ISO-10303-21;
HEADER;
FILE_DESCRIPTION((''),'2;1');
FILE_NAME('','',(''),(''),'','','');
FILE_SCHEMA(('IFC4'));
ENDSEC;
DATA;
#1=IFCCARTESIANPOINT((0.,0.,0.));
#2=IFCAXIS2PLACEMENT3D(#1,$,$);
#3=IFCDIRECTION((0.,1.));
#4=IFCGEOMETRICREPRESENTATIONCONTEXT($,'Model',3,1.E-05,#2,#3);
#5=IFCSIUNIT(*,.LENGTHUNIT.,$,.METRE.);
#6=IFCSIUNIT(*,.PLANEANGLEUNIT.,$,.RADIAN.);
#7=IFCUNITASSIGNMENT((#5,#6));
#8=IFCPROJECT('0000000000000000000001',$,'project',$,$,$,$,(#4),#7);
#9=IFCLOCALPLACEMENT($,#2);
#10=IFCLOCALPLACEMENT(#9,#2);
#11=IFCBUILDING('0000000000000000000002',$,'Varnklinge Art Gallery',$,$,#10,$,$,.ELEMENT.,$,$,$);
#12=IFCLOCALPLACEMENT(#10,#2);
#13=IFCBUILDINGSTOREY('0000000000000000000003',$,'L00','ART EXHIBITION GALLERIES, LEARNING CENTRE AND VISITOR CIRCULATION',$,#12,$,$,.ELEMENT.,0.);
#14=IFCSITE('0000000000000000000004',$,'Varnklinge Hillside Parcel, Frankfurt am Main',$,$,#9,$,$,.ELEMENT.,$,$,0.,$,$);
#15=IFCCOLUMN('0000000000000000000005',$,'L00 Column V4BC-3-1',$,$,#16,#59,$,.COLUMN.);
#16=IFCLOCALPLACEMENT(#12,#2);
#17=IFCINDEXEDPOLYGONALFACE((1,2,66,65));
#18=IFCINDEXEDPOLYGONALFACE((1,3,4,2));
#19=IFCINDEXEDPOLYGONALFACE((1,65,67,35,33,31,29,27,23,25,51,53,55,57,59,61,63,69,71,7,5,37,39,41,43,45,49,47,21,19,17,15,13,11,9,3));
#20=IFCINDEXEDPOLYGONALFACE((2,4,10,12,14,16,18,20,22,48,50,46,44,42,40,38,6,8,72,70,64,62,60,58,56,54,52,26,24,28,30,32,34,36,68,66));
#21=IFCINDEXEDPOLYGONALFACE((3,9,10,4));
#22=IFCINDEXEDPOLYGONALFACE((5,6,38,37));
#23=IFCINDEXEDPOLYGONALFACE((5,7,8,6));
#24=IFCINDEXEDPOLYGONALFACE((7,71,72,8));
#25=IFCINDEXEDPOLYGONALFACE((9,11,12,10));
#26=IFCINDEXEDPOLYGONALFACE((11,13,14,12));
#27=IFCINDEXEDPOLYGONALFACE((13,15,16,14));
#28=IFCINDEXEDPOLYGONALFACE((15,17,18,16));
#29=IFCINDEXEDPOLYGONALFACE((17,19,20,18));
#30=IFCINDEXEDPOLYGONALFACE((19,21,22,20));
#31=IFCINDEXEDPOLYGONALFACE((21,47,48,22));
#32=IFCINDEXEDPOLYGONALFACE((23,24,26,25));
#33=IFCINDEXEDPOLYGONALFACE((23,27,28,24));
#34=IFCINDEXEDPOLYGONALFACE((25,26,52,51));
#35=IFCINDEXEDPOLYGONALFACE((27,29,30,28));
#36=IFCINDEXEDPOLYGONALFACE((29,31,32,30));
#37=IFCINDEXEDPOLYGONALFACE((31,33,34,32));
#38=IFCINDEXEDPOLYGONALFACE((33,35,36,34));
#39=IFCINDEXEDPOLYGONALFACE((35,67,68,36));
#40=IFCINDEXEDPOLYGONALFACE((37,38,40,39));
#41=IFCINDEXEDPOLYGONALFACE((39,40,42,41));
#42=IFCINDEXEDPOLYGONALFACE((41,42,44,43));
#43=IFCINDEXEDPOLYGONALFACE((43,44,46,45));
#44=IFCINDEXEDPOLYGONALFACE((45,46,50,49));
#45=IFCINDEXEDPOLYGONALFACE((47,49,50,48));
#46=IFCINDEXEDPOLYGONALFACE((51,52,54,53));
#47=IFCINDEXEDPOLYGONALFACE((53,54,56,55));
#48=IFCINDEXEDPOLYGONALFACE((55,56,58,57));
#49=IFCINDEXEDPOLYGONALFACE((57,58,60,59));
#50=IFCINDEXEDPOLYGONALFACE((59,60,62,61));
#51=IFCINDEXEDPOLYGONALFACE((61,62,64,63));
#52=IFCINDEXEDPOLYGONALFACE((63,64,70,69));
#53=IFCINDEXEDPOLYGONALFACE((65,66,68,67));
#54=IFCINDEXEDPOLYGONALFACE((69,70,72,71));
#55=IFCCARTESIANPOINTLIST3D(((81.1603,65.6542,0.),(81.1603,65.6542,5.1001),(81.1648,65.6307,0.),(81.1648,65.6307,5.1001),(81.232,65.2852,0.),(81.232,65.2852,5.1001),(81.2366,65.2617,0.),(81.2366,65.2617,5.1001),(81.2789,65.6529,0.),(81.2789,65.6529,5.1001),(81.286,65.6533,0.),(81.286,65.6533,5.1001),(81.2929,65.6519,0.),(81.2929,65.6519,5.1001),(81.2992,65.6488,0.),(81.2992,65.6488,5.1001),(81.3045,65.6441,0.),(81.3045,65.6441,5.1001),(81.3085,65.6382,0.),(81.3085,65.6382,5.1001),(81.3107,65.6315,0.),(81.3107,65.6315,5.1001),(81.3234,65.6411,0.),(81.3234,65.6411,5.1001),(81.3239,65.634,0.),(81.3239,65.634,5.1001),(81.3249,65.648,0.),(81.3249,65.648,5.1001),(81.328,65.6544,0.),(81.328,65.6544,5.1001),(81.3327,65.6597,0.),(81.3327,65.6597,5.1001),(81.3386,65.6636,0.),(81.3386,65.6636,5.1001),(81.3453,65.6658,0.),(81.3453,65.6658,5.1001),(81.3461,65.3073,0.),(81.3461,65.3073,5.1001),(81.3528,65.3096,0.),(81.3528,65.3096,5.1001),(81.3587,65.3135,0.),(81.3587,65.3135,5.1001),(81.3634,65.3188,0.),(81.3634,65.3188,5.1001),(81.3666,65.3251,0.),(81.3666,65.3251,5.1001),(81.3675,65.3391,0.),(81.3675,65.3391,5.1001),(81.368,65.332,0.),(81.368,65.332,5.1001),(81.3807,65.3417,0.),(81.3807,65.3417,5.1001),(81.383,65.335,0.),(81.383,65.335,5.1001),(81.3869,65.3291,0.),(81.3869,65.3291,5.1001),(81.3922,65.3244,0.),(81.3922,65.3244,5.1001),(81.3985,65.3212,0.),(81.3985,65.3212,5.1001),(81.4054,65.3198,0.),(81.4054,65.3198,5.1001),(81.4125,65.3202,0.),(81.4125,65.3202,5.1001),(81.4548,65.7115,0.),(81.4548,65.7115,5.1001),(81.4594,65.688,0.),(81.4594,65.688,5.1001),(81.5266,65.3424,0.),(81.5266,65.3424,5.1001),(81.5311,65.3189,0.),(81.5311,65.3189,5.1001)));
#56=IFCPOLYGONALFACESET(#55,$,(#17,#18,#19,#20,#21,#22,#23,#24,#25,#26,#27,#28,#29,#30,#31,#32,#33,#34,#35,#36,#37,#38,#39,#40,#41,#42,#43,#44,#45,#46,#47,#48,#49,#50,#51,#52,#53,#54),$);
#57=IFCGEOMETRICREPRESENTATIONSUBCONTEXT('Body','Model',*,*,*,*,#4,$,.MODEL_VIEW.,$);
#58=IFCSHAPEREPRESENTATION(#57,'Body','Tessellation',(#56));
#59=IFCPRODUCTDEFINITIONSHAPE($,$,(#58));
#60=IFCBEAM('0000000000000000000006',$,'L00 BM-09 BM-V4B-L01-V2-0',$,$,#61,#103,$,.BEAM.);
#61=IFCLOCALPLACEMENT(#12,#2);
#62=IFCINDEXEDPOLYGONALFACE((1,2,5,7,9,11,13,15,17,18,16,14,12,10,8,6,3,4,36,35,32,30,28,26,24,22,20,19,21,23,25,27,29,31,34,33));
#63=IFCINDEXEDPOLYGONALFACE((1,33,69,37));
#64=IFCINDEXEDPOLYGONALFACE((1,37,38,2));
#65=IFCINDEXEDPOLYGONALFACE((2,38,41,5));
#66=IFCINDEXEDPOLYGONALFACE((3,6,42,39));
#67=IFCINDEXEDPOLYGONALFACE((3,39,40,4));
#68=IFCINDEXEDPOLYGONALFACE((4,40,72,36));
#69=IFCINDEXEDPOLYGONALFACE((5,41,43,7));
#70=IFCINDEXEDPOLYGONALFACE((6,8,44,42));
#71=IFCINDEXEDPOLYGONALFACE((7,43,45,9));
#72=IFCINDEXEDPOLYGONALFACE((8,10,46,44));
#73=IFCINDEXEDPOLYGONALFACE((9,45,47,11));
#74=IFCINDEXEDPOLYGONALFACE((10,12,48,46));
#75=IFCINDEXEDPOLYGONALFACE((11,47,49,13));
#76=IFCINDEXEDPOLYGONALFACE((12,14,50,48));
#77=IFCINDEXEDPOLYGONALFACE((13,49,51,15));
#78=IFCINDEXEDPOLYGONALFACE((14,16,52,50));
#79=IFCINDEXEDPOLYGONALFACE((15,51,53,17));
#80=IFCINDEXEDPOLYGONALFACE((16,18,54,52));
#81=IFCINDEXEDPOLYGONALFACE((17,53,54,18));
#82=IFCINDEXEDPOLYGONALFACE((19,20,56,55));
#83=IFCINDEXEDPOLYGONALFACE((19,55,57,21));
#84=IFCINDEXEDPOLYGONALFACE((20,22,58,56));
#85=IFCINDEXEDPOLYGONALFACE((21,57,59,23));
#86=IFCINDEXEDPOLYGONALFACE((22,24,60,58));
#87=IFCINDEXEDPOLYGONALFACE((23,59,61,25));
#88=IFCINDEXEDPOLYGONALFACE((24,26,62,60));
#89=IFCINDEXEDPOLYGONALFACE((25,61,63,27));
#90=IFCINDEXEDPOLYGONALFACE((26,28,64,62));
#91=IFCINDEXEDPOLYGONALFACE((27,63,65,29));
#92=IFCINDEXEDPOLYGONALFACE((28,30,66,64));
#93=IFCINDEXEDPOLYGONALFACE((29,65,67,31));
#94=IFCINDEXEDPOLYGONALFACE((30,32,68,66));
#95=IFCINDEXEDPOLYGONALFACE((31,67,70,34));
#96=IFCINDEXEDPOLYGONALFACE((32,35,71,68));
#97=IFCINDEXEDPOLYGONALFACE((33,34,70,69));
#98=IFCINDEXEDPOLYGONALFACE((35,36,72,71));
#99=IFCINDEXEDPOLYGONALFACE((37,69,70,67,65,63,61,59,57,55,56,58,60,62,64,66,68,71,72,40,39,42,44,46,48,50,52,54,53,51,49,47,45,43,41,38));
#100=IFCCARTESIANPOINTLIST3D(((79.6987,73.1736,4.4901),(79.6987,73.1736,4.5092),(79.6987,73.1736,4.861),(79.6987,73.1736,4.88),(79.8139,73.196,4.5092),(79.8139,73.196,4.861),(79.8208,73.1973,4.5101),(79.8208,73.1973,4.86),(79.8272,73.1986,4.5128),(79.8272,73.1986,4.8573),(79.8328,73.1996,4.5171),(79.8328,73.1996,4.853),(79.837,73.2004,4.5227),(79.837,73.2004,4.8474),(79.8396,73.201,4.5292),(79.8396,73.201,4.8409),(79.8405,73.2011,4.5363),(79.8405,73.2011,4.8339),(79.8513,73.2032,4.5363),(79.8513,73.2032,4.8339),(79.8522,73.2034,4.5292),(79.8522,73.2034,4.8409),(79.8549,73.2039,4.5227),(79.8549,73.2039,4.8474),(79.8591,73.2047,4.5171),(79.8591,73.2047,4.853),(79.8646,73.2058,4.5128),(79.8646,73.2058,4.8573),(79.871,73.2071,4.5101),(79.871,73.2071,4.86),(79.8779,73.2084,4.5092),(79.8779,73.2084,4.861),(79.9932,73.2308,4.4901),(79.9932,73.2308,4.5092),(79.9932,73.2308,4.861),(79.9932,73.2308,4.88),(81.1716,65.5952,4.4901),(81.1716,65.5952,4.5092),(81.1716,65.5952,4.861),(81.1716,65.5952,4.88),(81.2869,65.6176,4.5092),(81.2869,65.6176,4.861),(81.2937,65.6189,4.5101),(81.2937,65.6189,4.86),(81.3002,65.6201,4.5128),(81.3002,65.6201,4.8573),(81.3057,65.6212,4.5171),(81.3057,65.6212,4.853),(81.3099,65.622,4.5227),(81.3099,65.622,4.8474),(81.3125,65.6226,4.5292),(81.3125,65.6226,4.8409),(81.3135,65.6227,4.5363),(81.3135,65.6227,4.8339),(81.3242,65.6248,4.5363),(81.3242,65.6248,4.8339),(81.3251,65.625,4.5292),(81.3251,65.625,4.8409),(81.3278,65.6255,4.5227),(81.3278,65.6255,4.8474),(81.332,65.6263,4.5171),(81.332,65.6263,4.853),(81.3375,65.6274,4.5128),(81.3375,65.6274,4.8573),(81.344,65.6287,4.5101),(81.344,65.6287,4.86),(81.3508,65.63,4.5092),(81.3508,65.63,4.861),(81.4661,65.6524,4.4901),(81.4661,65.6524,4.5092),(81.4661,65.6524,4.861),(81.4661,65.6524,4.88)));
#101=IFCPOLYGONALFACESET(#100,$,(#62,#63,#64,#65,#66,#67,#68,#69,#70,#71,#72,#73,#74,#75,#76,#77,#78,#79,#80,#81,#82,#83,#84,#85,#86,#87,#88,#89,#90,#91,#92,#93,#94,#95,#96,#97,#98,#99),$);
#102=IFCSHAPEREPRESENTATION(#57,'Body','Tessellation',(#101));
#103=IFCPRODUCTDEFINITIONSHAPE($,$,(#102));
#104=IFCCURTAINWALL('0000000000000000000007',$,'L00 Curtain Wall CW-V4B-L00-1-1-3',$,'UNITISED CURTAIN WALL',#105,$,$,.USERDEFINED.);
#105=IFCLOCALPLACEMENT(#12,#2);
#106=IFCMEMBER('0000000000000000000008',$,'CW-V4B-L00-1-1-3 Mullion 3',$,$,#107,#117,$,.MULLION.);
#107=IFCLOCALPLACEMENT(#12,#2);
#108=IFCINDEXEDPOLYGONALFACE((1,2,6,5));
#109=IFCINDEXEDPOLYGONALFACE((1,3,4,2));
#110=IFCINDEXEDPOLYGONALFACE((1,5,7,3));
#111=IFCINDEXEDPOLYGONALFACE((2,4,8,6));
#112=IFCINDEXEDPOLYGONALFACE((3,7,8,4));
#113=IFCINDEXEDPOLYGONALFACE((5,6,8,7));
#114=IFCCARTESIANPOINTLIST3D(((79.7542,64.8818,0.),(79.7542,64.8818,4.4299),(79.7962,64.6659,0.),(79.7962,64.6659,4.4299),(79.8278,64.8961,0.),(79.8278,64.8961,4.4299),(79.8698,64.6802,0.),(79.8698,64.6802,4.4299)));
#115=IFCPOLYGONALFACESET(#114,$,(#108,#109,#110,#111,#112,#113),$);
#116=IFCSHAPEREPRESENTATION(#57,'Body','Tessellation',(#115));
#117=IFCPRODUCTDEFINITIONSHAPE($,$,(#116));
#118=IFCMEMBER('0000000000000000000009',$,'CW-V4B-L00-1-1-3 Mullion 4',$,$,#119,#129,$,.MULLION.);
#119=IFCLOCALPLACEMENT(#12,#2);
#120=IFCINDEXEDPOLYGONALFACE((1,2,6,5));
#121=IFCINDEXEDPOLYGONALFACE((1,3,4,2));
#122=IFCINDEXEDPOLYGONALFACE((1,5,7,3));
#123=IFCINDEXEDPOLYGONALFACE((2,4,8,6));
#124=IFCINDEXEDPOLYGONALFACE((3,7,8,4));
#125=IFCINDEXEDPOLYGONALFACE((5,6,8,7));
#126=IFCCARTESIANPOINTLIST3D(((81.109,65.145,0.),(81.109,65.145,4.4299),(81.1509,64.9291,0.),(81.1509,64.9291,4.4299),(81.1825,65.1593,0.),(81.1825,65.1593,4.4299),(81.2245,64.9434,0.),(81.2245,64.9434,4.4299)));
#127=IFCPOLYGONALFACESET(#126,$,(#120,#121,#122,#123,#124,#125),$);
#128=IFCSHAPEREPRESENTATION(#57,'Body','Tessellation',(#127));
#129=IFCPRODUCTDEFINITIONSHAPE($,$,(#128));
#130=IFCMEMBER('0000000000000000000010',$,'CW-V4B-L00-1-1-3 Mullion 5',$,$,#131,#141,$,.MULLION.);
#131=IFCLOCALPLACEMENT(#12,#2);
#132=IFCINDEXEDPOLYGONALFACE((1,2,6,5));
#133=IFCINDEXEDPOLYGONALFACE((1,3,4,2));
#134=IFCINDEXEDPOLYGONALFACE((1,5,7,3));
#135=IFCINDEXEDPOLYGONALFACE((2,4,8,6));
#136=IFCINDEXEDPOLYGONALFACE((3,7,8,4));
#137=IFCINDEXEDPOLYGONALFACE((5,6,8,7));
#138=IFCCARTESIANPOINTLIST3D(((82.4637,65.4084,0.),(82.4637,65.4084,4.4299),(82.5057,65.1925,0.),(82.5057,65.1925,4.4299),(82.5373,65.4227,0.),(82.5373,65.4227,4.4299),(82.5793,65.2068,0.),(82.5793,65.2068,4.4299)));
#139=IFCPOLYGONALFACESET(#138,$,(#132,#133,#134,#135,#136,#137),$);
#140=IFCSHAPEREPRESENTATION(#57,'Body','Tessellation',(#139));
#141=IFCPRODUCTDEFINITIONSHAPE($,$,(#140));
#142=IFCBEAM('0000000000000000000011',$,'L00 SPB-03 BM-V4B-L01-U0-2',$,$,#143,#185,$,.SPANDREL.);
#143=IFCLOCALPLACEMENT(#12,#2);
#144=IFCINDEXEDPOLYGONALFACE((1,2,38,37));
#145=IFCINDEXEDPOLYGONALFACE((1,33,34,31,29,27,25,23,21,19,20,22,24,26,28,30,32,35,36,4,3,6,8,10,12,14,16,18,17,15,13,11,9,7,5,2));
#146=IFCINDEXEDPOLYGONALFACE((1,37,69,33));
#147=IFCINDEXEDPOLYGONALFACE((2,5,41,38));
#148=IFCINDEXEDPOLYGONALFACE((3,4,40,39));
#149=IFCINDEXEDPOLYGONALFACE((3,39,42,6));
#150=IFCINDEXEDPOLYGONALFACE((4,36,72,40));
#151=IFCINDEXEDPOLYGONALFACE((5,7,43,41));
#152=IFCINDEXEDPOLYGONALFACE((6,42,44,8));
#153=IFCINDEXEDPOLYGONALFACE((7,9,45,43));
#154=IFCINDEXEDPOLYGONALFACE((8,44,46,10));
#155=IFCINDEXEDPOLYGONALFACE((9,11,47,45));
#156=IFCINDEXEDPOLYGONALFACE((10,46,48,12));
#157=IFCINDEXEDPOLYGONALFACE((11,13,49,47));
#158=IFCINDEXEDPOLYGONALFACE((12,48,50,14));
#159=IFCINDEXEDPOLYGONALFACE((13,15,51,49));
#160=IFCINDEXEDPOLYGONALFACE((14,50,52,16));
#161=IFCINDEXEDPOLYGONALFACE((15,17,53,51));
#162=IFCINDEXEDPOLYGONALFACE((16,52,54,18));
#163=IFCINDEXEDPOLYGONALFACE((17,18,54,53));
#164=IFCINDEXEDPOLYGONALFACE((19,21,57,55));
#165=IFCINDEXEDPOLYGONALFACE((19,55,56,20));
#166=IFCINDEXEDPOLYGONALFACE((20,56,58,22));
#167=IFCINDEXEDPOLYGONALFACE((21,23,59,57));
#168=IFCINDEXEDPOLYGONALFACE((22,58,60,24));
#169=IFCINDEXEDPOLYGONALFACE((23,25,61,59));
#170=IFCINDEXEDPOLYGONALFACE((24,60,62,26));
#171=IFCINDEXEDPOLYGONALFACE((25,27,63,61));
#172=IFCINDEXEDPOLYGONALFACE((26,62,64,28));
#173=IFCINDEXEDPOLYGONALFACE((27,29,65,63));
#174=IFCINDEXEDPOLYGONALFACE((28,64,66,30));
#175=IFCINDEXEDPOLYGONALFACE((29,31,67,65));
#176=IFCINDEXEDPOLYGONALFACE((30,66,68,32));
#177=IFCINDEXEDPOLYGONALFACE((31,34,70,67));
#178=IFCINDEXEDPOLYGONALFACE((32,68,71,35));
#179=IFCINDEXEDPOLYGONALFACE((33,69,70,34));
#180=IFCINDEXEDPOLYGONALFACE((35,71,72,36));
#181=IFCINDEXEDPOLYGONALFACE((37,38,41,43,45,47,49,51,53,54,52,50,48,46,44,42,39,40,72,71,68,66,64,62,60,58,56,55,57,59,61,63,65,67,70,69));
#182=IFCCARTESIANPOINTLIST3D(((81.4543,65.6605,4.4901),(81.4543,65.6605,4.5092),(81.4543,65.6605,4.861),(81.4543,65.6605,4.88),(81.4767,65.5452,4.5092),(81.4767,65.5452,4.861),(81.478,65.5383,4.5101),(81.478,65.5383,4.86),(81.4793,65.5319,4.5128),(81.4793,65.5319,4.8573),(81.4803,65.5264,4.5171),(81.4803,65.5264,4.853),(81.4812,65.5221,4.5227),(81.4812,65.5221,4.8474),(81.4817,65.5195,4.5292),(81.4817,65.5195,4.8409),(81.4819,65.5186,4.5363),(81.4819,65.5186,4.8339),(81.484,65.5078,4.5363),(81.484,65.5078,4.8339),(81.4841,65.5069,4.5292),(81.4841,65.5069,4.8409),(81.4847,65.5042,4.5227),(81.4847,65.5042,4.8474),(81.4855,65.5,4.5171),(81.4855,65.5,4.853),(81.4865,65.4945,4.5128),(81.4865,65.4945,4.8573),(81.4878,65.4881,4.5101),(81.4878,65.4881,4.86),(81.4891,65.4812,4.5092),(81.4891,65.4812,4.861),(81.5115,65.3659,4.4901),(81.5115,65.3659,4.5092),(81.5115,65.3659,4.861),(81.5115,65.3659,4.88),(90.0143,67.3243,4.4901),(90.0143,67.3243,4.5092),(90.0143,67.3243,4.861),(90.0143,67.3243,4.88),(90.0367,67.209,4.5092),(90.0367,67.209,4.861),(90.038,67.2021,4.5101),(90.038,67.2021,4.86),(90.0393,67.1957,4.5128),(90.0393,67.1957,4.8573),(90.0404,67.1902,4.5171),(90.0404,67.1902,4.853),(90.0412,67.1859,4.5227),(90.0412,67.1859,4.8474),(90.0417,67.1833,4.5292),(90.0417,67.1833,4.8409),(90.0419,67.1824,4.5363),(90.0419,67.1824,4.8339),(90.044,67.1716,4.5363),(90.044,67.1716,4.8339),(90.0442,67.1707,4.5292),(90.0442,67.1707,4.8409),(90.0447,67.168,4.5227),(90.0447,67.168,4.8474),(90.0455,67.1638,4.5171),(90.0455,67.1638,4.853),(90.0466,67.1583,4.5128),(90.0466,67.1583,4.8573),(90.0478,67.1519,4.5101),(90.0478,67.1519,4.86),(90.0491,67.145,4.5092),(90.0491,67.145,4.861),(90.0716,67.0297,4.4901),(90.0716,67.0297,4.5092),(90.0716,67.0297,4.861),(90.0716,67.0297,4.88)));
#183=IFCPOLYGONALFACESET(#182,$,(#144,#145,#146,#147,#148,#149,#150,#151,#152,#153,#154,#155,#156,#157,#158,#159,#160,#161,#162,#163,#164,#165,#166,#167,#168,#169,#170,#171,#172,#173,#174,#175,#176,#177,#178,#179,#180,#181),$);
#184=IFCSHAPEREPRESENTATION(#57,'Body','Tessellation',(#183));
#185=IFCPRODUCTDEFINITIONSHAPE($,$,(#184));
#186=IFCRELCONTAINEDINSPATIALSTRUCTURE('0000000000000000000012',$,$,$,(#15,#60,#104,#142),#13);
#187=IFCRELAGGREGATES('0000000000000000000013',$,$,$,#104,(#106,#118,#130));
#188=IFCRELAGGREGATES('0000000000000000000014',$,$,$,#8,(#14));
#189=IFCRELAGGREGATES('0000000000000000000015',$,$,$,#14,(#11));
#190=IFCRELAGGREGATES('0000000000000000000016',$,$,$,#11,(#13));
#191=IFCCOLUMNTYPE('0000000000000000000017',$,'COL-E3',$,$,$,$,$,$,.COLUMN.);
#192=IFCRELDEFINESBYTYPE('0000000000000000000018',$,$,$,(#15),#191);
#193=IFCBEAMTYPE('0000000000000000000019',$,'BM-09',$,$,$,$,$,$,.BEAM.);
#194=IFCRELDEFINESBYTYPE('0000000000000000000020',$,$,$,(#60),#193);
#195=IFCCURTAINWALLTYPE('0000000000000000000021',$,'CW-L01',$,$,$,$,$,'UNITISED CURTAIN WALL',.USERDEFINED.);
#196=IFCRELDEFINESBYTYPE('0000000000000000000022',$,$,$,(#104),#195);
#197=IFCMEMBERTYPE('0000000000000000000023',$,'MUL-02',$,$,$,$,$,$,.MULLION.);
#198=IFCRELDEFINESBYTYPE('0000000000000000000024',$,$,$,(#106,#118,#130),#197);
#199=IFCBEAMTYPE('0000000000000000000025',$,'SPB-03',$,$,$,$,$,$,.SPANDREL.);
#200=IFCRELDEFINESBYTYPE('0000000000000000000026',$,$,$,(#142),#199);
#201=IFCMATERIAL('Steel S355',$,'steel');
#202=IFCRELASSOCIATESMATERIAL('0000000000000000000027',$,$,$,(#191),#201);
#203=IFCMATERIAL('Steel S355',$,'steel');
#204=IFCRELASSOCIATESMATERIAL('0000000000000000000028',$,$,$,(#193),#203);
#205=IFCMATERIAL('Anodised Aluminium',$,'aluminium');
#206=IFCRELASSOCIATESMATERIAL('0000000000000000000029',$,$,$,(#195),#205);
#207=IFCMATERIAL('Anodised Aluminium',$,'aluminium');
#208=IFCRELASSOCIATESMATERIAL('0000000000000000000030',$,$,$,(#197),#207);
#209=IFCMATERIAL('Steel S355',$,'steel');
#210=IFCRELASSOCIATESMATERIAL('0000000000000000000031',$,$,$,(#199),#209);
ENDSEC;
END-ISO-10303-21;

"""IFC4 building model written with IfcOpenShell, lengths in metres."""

from ifc_helpers import new_model, si_unit, direction, frame, origin, origin_2d, place, context, subcontext, project, spatial, rectangle, i_section, extrude, material, material_profile, profile_set, type_object, element, aggregate, save


model = new_model("IFC4")

# Units and contexts
model_context = context("Model", 3, precision=1e-05, world=origin(), true_north=direction((0.0, 1.0)))
body_context = subcontext(model_context, "Body", "Model", "MODEL_VIEW")
ifc_project = project(units=[si_unit("LENGTHUNIT", "METRE"), si_unit("PLANEANGLEUNIT", "RADIAN")], contexts=[model_context])

# Site, building, storey
site_placement = place(None, origin())
site = spatial("IfcSite", under=ifc_project, at=site_placement, Name="Varnklinge Hillside Parcel, Frankfurt am Main", CompositionType="ELEMENT", RefElevation=0.0)
building_placement = place(site_placement, origin())
building = spatial("IfcBuilding", under=site, at=building_placement, Name="Varnklinge Art Gallery", CompositionType="ELEMENT")
storey_placement = place(building_placement, origin())
storey = spatial("IfcBuildingStorey", under=building, at=storey_placement, Name="L00", Description="ART EXHIBITION GALLERIES, LEARNING CENTRE AND VISITOR CIRCULATION", CompositionType="ELEMENT", Elevation=0.0)

# Column
ifc_material_1 = material(Name="Steel S355", Category="steel")
ifc_material_profile_1 = material_profile(ifc_material_1, i_section(OverallWidth=0.3, OverallDepth=0.3999, WebThickness=0.0134, FlangeThickness=0.0239, FilletRadius=0.0271, at=origin_2d()), Name="HEB 400")
ifc_profile_set_1 = profile_set([ifc_material_profile_1], Name="Steel S355")
column_type = type_object("IfcColumnType", Name="COL-E3", PredefinedType="COLUMN", material=ifc_profile_set_1)
column_placement = place(storey_placement, frame((81.3457, 65.4866, 0.0), z_axis=(0.0, 0.0, 1.0), x_axis=(0.981627, 0.190809, 0.0)))
element("IfcColumn", 1, at=column_placement, inside=storey, type_object=column_type, Name="L00 Column V4BC-3-1", PredefinedType="COLUMN", context=body_context, shape_type="SweptSolid", body=[
    extrude(i_section(OverallWidth=0.3, OverallDepth=0.3999, WebThickness=0.0134, FlangeThickness=0.0239, FilletRadius=0.0271, at=origin_2d()), origin(), (0.0, 0.0, 1.0), 5.1001),
])

# Beam
ifc_material_2 = material(Name="Steel S355", Category="steel")
ifc_material_profile_2 = material_profile(ifc_material_2, i_section(OverallWidth=0.3, OverallDepth=0.3899, WebThickness=0.011, FlangeThickness=0.019, FilletRadius=0.0271, at=origin_2d()), Name="HEA 400")
ifc_profile_set_2 = profile_set([ifc_material_profile_2], Name="Steel S355")
beam_type_1 = type_object("IfcBeamType", Name="BM-09", PredefinedType="BEAM", material=ifc_profile_set_2)
beam_1_placement = place(storey_placement, frame((81.3188, 65.6238, 4.6851), z_axis=(-0.190786, 0.981632, 0.0), x_axis=(-0.981632, -0.190786, 0.0)))
element("IfcBeam", 2, at=beam_1_placement, inside=storey, type_object=beam_type_1, Name="L00 BM-09 BM-V4B-L01-V2-0", PredefinedType="BEAM", context=body_context, shape_type="SweptSolid", body=[
    extrude(i_section(OverallWidth=0.3, OverallDepth=0.3899, WebThickness=0.011, FlangeThickness=0.019, FilletRadius=0.0271, at=origin_2d()), origin(), (0.0, 0.0, 1.0), 7.7202),
])

# Curtain wall, members
ifc_material_3 = material(Name="Anodised Aluminium", Category="aluminium")
curtain_wall_type = type_object("IfcCurtainWallType", Name="CW-L01", ElementType="UNITISED CURTAIN WALL", PredefinedType="USERDEFINED", material=ifc_material_3)
curtain_wall_placement = place(storey_placement, origin())
curtain_wall = element("IfcCurtainWall", 3, at=curtain_wall_placement, inside=storey, type_object=curtain_wall_type, Name="L00 Curtain Wall CW-V4B-L00-1-1-3", ObjectType="UNITISED CURTAIN WALL", PredefinedType="USERDEFINED")
ifc_material_4 = material(Name="Anodised Aluminium", Category="aluminium")
ifc_material_profile_3 = material_profile(ifc_material_4, rectangle(XDim=0.075, YDim=0.22, at=origin_2d()), Name="ALU 75x220")
ifc_profile_set_3 = profile_set([ifc_material_profile_3], Name="Anodised Aluminium")
member_type = type_object("IfcMemberType", Name="MUL-02", PredefinedType="MULLION", material=ifc_profile_set_3)
member_1_placement = place(storey_placement, frame((79.812, 64.781, 0.0), z_axis=(0.0, 0.0, 1.0), x_axis=(0.981627, 0.190809, 0.0)))
member_1 = element("IfcMember", 4, at=member_1_placement, type_object=member_type, Name="CW-V4B-L00-1-1-3 Mullion 3", PredefinedType="MULLION", context=body_context, shape_type="SweptSolid", body=[
    extrude(rectangle(XDim=0.075, YDim=0.22, at=origin_2d()), origin(), (0.0, 0.0, 1.0), 4.4299),
])
member_2_placement = place(storey_placement, frame((81.1667, 65.0442, 0.0), z_axis=(0.0, 0.0, 1.0), x_axis=(0.981627, 0.190809, 0.0)))
member_2 = element("IfcMember", 5, at=member_2_placement, type_object=member_type, Name="CW-V4B-L00-1-1-3 Mullion 4", PredefinedType="MULLION", context=body_context, shape_type="SweptSolid", body=[
    extrude(rectangle(XDim=0.075, YDim=0.22, at=origin_2d()), origin(), (0.0, 0.0, 1.0), 4.4299),
])
member_3_placement = place(storey_placement, frame((82.5215, 65.3076, 0.0), z_axis=(0.0, 0.0, 1.0), x_axis=(0.981627, 0.190809, 0.0)))
member_3 = element("IfcMember", 6, at=member_3_placement, type_object=member_type, Name="CW-V4B-L00-1-1-3 Mullion 5", PredefinedType="MULLION", context=body_context, shape_type="SweptSolid", body=[
    extrude(rectangle(XDim=0.075, YDim=0.22, at=origin_2d()), origin(), (0.0, 0.0, 1.0), 4.4299),
])

# Beam
ifc_material_5 = material(Name="Steel S355", Category="steel")
ifc_material_profile_4 = material_profile(ifc_material_5, i_section(OverallWidth=0.3, OverallDepth=0.3899, WebThickness=0.011, FlangeThickness=0.019, FilletRadius=0.0271, at=origin_2d()), Name="HEA 400")
ifc_profile_set_4 = profile_set([ifc_material_profile_4], Name="Steel S355")
beam_type_2 = type_object("IfcBeamType", Name="SPB-03", PredefinedType="SPANDREL", material=ifc_profile_set_4)
beam_2_placement = place(storey_placement, frame((81.4829, 65.5132, 4.6851), z_axis=(0.981629, 0.190799, 0.0), x_axis=(-0.190799, 0.981629, 0.0)))
element("IfcBeam", 7, at=beam_2_placement, inside=storey, type_object=beam_type_2, Name="L00 SPB-03 BM-V4B-L01-U0-2", PredefinedType="SPANDREL", context=body_context, shape_type="SweptSolid", body=[
    extrude(i_section(OverallWidth=0.3, OverallDepth=0.3899, WebThickness=0.011, FlangeThickness=0.019, FilletRadius=0.0271, at=origin_2d()), origin(), (0.0, 0.0, 1.0), 8.7202),
])

aggregate(curtain_wall, [member_1, member_2, member_3])

save(model, "model.ifc")
